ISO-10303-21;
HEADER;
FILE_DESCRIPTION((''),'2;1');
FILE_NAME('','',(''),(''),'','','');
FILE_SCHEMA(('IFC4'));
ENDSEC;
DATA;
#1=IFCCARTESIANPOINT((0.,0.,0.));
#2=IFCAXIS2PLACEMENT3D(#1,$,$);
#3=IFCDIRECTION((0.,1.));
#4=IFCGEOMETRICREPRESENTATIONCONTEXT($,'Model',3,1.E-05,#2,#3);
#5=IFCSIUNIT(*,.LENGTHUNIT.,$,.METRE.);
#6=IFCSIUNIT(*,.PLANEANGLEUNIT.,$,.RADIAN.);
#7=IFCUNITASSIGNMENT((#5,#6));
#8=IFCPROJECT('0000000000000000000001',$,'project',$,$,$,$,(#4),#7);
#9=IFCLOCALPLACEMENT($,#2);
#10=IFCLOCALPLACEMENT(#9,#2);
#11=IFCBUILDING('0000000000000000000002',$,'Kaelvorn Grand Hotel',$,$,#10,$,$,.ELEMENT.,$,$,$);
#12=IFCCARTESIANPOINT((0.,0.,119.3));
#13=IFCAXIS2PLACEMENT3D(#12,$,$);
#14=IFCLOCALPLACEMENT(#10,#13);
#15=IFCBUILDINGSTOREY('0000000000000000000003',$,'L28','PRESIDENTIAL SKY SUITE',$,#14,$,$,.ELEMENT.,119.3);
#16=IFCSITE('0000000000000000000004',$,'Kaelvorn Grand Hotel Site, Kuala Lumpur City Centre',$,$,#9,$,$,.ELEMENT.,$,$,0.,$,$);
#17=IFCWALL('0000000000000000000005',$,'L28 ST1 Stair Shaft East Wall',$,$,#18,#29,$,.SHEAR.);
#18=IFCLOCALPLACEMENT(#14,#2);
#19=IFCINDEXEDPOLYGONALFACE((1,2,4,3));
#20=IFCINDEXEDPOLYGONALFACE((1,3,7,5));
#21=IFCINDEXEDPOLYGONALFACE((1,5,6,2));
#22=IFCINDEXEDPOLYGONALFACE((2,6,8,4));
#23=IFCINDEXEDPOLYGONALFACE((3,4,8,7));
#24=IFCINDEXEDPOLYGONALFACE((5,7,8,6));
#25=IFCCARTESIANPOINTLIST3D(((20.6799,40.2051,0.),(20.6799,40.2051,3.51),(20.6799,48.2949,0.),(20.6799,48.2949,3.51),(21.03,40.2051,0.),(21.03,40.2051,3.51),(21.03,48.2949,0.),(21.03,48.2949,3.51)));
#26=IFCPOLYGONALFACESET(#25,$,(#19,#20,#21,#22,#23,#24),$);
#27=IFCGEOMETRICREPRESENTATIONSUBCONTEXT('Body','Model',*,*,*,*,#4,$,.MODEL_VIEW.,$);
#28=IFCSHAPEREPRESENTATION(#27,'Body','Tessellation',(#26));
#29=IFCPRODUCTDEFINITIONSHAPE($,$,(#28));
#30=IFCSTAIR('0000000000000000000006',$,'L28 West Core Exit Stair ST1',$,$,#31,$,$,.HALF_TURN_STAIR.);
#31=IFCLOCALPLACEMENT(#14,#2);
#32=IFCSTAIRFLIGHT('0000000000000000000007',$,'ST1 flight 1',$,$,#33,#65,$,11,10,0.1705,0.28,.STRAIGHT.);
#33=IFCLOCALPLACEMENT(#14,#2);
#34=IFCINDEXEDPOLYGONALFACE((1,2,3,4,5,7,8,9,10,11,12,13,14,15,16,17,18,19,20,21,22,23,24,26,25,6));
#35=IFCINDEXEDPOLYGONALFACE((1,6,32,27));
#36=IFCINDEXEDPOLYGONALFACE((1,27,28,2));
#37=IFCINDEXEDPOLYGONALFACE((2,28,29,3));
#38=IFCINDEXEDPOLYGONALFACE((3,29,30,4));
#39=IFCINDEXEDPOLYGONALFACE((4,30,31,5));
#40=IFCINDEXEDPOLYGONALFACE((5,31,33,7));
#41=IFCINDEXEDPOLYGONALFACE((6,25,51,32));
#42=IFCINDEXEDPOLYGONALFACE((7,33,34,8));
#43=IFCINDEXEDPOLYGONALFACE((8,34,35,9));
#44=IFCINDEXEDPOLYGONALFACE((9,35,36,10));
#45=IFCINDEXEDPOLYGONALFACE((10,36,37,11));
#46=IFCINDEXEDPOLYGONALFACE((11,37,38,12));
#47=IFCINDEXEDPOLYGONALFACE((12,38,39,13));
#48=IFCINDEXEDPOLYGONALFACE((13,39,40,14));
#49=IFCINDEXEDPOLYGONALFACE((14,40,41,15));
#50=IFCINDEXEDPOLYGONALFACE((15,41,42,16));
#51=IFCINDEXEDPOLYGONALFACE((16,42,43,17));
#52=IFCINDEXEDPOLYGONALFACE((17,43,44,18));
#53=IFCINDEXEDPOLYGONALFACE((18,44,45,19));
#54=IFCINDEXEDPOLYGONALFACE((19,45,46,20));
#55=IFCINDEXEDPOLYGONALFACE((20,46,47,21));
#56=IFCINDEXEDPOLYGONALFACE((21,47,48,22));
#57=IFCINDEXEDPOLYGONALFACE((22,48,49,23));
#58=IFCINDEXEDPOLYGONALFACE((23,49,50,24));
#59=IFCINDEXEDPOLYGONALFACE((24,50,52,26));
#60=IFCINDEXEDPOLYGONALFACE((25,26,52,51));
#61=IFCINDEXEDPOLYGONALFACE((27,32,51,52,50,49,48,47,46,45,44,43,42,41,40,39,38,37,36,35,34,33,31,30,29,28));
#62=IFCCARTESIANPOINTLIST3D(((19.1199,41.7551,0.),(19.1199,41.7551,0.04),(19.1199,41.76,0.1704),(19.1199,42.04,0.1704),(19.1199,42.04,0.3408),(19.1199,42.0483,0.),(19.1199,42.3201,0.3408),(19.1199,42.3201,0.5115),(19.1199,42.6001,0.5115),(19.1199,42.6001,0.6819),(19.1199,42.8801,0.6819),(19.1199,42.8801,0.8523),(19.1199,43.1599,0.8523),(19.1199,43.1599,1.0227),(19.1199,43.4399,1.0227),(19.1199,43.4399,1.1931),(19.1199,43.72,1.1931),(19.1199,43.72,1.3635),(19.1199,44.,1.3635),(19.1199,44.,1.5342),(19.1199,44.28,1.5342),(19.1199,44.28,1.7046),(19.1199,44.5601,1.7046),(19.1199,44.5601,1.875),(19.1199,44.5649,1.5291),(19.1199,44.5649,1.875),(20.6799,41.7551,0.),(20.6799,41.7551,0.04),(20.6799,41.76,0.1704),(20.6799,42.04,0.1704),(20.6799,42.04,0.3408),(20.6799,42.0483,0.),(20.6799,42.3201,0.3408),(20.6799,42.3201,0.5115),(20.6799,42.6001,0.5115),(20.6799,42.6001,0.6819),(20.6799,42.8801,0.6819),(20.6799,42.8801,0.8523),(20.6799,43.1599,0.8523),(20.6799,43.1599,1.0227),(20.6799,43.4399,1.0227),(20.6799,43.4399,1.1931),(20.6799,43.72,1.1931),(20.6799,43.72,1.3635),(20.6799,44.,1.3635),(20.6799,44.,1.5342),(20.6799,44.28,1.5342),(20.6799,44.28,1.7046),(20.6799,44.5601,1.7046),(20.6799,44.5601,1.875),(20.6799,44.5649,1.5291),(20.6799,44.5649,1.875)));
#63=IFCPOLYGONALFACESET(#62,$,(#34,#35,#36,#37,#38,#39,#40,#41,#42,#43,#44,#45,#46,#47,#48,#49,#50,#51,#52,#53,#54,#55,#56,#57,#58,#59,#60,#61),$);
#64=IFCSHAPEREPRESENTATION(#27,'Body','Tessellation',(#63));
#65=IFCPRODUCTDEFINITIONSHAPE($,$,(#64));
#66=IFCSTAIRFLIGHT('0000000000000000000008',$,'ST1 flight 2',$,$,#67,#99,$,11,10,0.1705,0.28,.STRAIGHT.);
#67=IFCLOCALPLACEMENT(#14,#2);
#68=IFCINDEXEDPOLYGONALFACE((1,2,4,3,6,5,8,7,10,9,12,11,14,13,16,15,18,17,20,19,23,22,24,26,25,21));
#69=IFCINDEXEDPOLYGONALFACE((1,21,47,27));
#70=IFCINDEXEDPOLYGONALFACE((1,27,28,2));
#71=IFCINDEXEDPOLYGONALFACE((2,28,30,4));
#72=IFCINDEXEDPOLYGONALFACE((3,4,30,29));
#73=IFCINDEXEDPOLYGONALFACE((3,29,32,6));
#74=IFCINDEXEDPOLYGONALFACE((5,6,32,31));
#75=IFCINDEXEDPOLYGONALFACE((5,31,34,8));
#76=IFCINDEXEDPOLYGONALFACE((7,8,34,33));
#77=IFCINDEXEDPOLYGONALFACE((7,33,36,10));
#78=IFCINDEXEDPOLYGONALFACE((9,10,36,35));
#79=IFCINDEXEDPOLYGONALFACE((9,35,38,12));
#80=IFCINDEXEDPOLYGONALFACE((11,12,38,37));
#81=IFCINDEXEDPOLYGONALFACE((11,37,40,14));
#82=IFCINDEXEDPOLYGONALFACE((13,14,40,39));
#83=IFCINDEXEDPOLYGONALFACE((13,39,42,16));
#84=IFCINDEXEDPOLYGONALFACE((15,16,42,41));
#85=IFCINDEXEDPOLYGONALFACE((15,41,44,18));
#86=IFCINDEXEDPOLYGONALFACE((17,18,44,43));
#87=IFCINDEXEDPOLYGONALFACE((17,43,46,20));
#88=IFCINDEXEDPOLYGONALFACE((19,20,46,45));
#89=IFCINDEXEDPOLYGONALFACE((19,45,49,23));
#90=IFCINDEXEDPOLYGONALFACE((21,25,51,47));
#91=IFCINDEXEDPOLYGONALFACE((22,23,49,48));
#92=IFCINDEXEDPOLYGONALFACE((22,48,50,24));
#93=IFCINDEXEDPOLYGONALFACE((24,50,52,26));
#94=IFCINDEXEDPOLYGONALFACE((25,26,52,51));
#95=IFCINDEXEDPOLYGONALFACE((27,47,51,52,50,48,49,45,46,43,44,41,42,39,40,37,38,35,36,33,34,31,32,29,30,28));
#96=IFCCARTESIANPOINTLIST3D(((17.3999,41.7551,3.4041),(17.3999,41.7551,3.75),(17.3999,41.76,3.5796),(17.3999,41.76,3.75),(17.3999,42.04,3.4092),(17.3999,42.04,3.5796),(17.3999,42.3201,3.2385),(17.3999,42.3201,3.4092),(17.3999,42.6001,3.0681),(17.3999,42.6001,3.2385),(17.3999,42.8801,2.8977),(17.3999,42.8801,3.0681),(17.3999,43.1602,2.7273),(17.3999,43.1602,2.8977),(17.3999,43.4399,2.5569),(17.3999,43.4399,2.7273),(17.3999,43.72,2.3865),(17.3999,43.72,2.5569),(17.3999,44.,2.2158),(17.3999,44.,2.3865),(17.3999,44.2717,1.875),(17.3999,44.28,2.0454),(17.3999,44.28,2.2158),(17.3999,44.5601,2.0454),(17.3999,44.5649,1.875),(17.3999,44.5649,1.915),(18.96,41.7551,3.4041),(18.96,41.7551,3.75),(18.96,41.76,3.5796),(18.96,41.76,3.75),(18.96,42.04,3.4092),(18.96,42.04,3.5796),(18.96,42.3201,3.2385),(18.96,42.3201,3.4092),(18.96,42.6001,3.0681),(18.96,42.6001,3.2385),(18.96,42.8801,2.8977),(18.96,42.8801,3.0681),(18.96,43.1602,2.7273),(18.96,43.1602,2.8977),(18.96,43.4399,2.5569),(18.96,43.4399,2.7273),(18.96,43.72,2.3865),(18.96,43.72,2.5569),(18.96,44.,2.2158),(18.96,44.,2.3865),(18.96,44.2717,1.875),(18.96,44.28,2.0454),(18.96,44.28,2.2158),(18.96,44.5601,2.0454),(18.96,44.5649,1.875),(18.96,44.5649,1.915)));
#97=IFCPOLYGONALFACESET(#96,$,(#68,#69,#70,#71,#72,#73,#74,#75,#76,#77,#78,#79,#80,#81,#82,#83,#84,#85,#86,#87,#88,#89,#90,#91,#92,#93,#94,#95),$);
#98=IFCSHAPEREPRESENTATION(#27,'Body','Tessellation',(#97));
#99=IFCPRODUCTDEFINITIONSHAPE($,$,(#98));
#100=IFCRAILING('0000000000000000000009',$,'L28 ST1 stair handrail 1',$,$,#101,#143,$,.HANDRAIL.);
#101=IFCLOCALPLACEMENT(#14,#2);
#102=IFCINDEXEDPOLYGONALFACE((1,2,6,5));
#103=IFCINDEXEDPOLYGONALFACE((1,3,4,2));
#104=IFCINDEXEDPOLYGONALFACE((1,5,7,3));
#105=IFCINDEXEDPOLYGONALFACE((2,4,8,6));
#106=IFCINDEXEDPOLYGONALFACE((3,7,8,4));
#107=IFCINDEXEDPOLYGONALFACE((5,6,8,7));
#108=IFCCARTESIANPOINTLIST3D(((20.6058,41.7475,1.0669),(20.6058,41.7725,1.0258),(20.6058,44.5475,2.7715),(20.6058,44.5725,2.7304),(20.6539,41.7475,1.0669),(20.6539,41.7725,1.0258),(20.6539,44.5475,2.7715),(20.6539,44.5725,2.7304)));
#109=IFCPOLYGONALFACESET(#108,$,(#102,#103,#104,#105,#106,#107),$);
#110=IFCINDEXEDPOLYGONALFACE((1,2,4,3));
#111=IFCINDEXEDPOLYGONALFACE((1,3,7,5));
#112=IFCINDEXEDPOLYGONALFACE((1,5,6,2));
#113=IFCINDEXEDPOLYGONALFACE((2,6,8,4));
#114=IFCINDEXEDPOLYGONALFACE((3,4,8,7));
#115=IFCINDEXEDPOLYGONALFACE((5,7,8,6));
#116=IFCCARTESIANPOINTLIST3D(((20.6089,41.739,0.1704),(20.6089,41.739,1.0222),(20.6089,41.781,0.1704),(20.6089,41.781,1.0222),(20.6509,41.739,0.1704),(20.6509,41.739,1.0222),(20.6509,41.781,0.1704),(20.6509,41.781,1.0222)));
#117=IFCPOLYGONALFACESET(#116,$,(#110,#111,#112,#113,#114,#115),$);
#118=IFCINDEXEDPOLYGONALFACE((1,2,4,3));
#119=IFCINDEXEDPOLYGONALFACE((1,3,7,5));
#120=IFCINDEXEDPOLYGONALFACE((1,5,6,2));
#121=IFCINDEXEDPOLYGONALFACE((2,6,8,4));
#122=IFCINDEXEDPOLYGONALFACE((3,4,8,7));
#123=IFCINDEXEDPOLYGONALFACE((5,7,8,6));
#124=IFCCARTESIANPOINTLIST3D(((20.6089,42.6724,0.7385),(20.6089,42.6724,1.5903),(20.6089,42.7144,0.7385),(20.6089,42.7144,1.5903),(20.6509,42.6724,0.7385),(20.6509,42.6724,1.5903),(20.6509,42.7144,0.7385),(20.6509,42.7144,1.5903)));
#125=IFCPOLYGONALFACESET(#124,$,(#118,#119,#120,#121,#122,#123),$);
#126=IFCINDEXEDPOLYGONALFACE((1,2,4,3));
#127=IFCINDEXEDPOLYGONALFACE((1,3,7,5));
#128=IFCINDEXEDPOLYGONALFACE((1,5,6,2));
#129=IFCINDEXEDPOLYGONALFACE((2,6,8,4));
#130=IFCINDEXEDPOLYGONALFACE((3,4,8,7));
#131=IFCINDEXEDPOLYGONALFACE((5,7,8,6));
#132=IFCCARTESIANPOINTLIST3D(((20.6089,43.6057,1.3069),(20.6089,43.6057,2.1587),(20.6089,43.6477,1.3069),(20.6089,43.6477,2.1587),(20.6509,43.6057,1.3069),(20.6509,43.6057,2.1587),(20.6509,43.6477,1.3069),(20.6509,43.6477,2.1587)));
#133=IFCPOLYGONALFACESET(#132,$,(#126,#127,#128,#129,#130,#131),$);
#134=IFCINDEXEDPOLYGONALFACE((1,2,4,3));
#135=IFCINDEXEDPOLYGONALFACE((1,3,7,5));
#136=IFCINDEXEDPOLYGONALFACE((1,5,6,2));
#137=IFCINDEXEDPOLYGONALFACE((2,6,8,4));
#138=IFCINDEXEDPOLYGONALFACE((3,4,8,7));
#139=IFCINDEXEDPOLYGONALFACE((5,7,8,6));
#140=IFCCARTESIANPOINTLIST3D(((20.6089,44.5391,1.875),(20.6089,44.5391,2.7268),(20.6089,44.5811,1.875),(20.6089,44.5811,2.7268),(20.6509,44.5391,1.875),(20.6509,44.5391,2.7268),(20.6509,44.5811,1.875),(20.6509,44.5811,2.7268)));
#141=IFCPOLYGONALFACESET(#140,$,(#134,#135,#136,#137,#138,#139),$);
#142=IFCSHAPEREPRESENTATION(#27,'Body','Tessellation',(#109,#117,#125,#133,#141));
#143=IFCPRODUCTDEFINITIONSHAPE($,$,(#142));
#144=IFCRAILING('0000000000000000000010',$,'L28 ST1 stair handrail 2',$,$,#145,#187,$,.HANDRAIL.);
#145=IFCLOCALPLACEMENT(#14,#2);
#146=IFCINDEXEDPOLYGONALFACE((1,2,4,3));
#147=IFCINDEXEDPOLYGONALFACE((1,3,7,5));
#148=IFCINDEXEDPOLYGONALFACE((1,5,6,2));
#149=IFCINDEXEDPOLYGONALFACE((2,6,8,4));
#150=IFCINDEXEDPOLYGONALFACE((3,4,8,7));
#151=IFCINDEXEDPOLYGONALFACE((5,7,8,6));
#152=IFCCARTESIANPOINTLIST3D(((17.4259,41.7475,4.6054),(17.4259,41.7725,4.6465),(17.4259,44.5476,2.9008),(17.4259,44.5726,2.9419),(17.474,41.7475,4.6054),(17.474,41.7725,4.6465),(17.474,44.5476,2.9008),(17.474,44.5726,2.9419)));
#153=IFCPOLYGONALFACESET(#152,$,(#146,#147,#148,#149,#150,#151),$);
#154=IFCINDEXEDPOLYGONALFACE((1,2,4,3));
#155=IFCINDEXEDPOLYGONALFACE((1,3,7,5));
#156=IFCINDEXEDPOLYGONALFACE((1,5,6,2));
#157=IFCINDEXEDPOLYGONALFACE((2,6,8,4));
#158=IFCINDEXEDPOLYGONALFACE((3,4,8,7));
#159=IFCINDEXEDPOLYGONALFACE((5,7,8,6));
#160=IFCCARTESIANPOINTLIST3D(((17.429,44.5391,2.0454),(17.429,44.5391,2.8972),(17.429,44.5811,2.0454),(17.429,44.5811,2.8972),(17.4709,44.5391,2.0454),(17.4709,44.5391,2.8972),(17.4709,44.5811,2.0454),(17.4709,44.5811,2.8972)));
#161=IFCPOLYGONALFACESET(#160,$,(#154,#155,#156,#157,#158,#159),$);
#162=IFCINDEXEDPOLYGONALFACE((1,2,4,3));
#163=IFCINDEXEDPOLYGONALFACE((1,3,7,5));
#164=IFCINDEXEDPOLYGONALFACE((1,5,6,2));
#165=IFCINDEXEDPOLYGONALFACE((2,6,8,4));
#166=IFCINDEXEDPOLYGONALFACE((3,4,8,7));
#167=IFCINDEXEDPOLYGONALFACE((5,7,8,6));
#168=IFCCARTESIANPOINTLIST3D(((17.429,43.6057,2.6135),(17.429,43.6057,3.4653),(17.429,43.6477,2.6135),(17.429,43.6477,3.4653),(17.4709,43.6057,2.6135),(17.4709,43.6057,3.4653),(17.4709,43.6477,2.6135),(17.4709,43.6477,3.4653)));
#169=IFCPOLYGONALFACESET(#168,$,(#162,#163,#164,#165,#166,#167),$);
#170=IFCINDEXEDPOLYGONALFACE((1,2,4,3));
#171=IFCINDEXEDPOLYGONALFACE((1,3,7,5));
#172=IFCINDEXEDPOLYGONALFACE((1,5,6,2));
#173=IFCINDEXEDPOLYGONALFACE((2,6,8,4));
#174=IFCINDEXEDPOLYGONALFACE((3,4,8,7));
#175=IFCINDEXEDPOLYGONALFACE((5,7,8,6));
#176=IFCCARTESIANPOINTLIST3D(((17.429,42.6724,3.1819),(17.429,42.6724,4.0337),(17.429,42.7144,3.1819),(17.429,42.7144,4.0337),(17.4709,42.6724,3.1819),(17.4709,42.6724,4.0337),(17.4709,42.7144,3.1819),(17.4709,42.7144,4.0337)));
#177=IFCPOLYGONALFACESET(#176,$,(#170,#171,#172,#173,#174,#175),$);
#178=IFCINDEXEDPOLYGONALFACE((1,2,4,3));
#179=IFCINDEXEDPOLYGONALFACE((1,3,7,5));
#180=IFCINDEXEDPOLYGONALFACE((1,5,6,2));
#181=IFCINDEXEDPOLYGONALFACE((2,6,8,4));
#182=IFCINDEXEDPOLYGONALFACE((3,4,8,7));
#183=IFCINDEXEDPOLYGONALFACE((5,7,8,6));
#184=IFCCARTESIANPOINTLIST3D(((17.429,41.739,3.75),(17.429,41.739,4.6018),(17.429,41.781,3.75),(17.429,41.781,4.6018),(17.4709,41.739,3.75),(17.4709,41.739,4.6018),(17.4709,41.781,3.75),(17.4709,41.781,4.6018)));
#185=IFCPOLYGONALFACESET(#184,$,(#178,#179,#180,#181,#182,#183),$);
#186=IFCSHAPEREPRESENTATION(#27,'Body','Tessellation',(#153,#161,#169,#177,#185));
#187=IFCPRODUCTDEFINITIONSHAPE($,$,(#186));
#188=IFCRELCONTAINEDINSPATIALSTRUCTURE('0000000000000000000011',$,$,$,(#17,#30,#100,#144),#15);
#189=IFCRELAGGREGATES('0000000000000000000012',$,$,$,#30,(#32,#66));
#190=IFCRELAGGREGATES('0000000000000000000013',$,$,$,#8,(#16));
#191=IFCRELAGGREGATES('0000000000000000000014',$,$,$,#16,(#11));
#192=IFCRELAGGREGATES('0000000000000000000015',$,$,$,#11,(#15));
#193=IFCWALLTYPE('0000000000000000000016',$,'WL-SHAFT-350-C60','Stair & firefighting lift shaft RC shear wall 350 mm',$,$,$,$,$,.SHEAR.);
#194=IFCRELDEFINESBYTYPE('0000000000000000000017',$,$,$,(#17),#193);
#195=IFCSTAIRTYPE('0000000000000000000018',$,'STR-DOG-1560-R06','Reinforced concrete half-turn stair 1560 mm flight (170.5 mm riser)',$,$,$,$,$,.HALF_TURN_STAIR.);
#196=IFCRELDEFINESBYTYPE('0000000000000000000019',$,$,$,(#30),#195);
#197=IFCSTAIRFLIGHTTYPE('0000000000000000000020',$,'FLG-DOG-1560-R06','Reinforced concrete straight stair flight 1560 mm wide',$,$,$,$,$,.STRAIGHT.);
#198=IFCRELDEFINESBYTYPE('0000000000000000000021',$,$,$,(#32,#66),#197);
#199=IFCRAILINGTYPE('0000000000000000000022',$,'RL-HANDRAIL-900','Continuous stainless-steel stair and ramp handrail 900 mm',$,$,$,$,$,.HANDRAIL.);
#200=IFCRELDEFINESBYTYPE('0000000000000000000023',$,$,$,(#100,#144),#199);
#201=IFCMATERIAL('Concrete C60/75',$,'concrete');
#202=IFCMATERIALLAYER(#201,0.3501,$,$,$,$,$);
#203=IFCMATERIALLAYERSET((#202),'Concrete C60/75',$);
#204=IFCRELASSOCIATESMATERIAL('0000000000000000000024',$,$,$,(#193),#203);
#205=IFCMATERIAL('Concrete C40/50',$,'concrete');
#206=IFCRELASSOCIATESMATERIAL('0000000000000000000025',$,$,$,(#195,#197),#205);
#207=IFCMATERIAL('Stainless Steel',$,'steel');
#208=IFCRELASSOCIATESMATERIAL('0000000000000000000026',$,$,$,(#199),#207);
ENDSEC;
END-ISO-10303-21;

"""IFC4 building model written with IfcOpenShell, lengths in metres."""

from ifc_helpers import new_model, si_unit, direction, frame, frame_2d, origin, origin_2d, place, context, subcontext, project, spatial, polyline, rectangle, outline, extrude, material, layer, layer_set, type_object, element, aggregate, save


model = new_model("IFC4")

# Units and contexts
model_context = context("Model", 3, precision=1e-05, world=origin(), true_north=direction((0.0, 1.0)))
body_context = subcontext(model_context, "Body", "Model", "MODEL_VIEW")
ifc_project = project(units=[si_unit("LENGTHUNIT", "METRE"), si_unit("PLANEANGLEUNIT", "RADIAN")], contexts=[model_context])

# Site, building, storey
site_placement = place(None, origin())
site = spatial("IfcSite", under=ifc_project, at=site_placement, Name="Kaelvorn Grand Hotel Site, Kuala Lumpur City Centre", CompositionType="ELEMENT", RefElevation=0.0)
building_placement = place(site_placement, origin())
building = spatial("IfcBuilding", under=site, at=building_placement, Name="Kaelvorn Grand Hotel", CompositionType="ELEMENT")
storey_placement = place(building_placement, frame((0.0, 0.0, 119.3)))
storey = spatial("IfcBuildingStorey", under=building, at=storey_placement, Name="L28", Description="PRESIDENTIAL SKY SUITE", CompositionType="ELEMENT", Elevation=119.3)

# Shared definitions
ifc_material_1 = material(Name="Concrete C60/75", Category="concrete")

# Shared definitions
ifc_material_2 = material(Name="Concrete C40/50", Category="concrete")

# Shared definitions
ifc_material_3 = material(Name="Stainless Steel", Category="steel")

# Shared definitions
ifc_layer_1 = layer(ifc_material_1, 0.3501)
ifc_layer_set_1 = layer_set([ifc_layer_1], Name="Concrete C60/75")
wall_type_1 = type_object("IfcWallType", Name="WL-SHAFT-350-C60", Description="Stair & firefighting lift shaft RC shear wall 350 mm", PredefinedType="SHEAR", material=ifc_layer_set_1)

# Wall
for number, where, z_axis, x_axis, name in (
    (1, (20.855, 40.2051, 0.0), (0.0, 0.0, 1.0), (0.0, 1.0, 0.0), "L28 ST1 Stair Shaft East Wall"),
):
    element("IfcWall", number, at=place(storey_placement, frame(where, z_axis=z_axis, x_axis=x_axis)), inside=storey, type_object=wall_type_1, Name=name, PredefinedType="SHEAR", context=body_context, shape_type="SweptSolid", body=[
        extrude(rectangle(XDim=8.0898, YDim=0.3501, at=frame_2d((4.0449, 0.0))), origin(), (0.0, 0.0, 1.0), 3.51),
    ])

# Stair, stair flights
stair_type = type_object("IfcStairType", Name="STR-DOG-1560-R06", Description="Reinforced concrete half-turn stair 1560 mm flight (170.5 mm riser)", PredefinedType="HALF_TURN_STAIR", material=ifc_material_2)
stair_placement = place(storey_placement, origin())
stair = element("IfcStair", 2, at=stair_placement, inside=storey, type_object=stair_type, Name="L28 West Core Exit Stair ST1", PredefinedType="HALF_TURN_STAIR")
stair_flight_type = type_object("IfcStairFlightType", Name="FLG-DOG-1560-R06", Description="Reinforced concrete straight stair flight 1560 mm wide", PredefinedType="STRAIGHT", material=ifc_material_2)
stair_flight_1_placement = place(storey_placement, frame((19.8999, 41.76, 0.0), z_axis=(0.0, 0.0, 1.0), x_axis=(0.0, 1.0, 0.0)))
stair_flight_1 = element("IfcStairFlight", 3, at=stair_flight_1_placement, type_object=stair_flight_type, Name="ST1 flight 1", NumberOfRisers=11, NumberOfTreads=10, PredefinedType="STRAIGHT", RiserHeight=0.1705, TreadLength=0.28, context=body_context, shape_type="SweptSolid", body=[
    extrude(outline(polyline([(-0.0049, 0.0), (-0.0049, 0.04), (0.0, 0.1704), (0.28, 0.1704), (0.28, 0.3408), (0.5601, 0.3408), (0.5601, 0.5115), (0.8401, 0.5115), (0.8401, 0.6819), (1.1201, 0.6819), (1.1201, 0.8523), (1.3999, 0.8523), (1.3999, 1.0227), (1.6799, 1.0227), (1.6799, 1.1931), (1.96, 1.1931), (1.96, 1.3635), (2.24, 1.3635), (2.24, 1.5342), (2.52, 1.5342), (2.52, 1.7046), (2.8, 1.7046), (2.8, 1.875), (2.8049, 1.875), (2.8049, 1.5291), (0.2883, 0.0), (-0.0049, 0.0)])), frame((0.0, 0.78, 0.0), z_axis=(0.0, -1.0, 0.0), x_axis=(1.0, 0.0, 0.0)), (0.0, 0.0, 1.0), 1.5601),
])
stair_flight_2_placement = place(storey_placement, frame((18.1799, 44.5601, 1.875), z_axis=(0.0, 0.0, 1.0), x_axis=(0.0, -1.0, 0.0)))
stair_flight_2 = element("IfcStairFlight", 4, at=stair_flight_2_placement, type_object=stair_flight_type, Name="ST1 flight 2", NumberOfRisers=11, NumberOfTreads=10, PredefinedType="STRAIGHT", RiserHeight=0.1705, TreadLength=0.28, context=body_context, shape_type="SweptSolid", body=[
    extrude(outline(polyline([(-0.0049, 0.0), (-0.0049, 0.04), (0.0, 0.1704), (0.28, 0.1704), (0.28, 0.3408), (0.5601, 0.3408), (0.5601, 0.5115), (0.8401, 0.5115), (0.8401, 0.6819), (1.1201, 0.6819), (1.1201, 0.8523), (1.3999, 0.8523), (1.3999, 1.0227), (1.6799, 1.0227), (1.6799, 1.1931), (1.96, 1.1931), (1.96, 1.3635), (2.24, 1.3635), (2.24, 1.5342), (2.52, 1.5342), (2.52, 1.7046), (2.8, 1.7046), (2.8, 1.875), (2.8049, 1.875), (2.8049, 1.5291), (0.2883, 0.0), (-0.0049, 0.0)])), frame((0.0, 0.78, 0.0), z_axis=(0.0, -1.0, 0.0), x_axis=(1.0, 0.0, 0.0)), (0.0, 0.0, 1.0), 1.5601),
])
aggregate(stair, [stair_flight_1, stair_flight_2])

# Railings
railing_type_1 = type_object("IfcRailingType", Name="RL-HANDRAIL-900", Description="Continuous stainless-steel stair and ramp handrail 900 mm", PredefinedType="HANDRAIL", material=ifc_material_3)
railing_1_placement = place(storey_placement, frame((20.6299, 41.76, 0.1704)))
element("IfcRailing", 5, at=railing_1_placement, inside=storey, type_object=railing_type_1, Name="L28 ST1 stair handrail 1", PredefinedType="HANDRAIL", context=body_context, shape_type="SweptSolid", body=[
    extrude(rectangle(XDim=0.0481, YDim=0.0481, at=origin_2d()), frame((0.0, 0.0, 0.876), z_axis=(0.0, 0.85417, 0.519994), x_axis=(-1.0, 0.0, 0.0)), (0.0, 0.0, 1.0), 3.2781),
    extrude(rectangle(XDim=0.042, YDim=0.042, at=origin_2d()), origin(), (0.0, 0.0, 1.0), 0.8518),
    extrude(rectangle(XDim=0.042, YDim=0.042, at=origin_2d()), frame((0.0, 0.9333, 0.5681)), (0.0, 0.0, 1.0), 0.8518),
    extrude(rectangle(XDim=0.042, YDim=0.042, at=origin_2d()), frame((0.0, 1.8667, 1.1365)), (0.0, 0.0, 1.0), 0.8518),
    extrude(rectangle(XDim=0.042, YDim=0.042, at=origin_2d()), frame((0.0, 2.8, 1.7046)), (0.0, 0.0, 1.0), 0.8518),
])
railing_2_placement = place(storey_placement, frame((17.45, 44.5601, 2.0454)))
element("IfcRailing", 6, at=railing_2_placement, inside=storey, type_object=railing_type_1, Name="L28 ST1 stair handrail 2", PredefinedType="HANDRAIL", context=body_context, shape_type="SweptSolid", body=[
    extrude(rectangle(XDim=0.0481, YDim=0.0481, at=origin_2d()), frame((0.0, 0.0, 0.876), z_axis=(0.0, -0.85417, 0.519994), x_axis=(1.0, 0.0, 0.0)), (0.0, 0.0, 1.0), 3.2781),
    extrude(rectangle(XDim=0.042, YDim=0.042, at=origin_2d()), origin(), (0.0, 0.0, 1.0), 0.8518),
    extrude(rectangle(XDim=0.042, YDim=0.042, at=origin_2d()), frame((0.0, -0.9333, 0.5681)), (0.0, 0.0, 1.0), 0.8518),
    extrude(rectangle(XDim=0.042, YDim=0.042, at=origin_2d()), frame((0.0, -1.8667, 1.1365)), (0.0, 0.0, 1.0), 0.8518),
    extrude(rectangle(XDim=0.042, YDim=0.042, at=origin_2d()), frame((0.0, -2.8, 1.7046)), (0.0, 0.0, 1.0), 0.8518),
])

save(model, "model.ifc")
